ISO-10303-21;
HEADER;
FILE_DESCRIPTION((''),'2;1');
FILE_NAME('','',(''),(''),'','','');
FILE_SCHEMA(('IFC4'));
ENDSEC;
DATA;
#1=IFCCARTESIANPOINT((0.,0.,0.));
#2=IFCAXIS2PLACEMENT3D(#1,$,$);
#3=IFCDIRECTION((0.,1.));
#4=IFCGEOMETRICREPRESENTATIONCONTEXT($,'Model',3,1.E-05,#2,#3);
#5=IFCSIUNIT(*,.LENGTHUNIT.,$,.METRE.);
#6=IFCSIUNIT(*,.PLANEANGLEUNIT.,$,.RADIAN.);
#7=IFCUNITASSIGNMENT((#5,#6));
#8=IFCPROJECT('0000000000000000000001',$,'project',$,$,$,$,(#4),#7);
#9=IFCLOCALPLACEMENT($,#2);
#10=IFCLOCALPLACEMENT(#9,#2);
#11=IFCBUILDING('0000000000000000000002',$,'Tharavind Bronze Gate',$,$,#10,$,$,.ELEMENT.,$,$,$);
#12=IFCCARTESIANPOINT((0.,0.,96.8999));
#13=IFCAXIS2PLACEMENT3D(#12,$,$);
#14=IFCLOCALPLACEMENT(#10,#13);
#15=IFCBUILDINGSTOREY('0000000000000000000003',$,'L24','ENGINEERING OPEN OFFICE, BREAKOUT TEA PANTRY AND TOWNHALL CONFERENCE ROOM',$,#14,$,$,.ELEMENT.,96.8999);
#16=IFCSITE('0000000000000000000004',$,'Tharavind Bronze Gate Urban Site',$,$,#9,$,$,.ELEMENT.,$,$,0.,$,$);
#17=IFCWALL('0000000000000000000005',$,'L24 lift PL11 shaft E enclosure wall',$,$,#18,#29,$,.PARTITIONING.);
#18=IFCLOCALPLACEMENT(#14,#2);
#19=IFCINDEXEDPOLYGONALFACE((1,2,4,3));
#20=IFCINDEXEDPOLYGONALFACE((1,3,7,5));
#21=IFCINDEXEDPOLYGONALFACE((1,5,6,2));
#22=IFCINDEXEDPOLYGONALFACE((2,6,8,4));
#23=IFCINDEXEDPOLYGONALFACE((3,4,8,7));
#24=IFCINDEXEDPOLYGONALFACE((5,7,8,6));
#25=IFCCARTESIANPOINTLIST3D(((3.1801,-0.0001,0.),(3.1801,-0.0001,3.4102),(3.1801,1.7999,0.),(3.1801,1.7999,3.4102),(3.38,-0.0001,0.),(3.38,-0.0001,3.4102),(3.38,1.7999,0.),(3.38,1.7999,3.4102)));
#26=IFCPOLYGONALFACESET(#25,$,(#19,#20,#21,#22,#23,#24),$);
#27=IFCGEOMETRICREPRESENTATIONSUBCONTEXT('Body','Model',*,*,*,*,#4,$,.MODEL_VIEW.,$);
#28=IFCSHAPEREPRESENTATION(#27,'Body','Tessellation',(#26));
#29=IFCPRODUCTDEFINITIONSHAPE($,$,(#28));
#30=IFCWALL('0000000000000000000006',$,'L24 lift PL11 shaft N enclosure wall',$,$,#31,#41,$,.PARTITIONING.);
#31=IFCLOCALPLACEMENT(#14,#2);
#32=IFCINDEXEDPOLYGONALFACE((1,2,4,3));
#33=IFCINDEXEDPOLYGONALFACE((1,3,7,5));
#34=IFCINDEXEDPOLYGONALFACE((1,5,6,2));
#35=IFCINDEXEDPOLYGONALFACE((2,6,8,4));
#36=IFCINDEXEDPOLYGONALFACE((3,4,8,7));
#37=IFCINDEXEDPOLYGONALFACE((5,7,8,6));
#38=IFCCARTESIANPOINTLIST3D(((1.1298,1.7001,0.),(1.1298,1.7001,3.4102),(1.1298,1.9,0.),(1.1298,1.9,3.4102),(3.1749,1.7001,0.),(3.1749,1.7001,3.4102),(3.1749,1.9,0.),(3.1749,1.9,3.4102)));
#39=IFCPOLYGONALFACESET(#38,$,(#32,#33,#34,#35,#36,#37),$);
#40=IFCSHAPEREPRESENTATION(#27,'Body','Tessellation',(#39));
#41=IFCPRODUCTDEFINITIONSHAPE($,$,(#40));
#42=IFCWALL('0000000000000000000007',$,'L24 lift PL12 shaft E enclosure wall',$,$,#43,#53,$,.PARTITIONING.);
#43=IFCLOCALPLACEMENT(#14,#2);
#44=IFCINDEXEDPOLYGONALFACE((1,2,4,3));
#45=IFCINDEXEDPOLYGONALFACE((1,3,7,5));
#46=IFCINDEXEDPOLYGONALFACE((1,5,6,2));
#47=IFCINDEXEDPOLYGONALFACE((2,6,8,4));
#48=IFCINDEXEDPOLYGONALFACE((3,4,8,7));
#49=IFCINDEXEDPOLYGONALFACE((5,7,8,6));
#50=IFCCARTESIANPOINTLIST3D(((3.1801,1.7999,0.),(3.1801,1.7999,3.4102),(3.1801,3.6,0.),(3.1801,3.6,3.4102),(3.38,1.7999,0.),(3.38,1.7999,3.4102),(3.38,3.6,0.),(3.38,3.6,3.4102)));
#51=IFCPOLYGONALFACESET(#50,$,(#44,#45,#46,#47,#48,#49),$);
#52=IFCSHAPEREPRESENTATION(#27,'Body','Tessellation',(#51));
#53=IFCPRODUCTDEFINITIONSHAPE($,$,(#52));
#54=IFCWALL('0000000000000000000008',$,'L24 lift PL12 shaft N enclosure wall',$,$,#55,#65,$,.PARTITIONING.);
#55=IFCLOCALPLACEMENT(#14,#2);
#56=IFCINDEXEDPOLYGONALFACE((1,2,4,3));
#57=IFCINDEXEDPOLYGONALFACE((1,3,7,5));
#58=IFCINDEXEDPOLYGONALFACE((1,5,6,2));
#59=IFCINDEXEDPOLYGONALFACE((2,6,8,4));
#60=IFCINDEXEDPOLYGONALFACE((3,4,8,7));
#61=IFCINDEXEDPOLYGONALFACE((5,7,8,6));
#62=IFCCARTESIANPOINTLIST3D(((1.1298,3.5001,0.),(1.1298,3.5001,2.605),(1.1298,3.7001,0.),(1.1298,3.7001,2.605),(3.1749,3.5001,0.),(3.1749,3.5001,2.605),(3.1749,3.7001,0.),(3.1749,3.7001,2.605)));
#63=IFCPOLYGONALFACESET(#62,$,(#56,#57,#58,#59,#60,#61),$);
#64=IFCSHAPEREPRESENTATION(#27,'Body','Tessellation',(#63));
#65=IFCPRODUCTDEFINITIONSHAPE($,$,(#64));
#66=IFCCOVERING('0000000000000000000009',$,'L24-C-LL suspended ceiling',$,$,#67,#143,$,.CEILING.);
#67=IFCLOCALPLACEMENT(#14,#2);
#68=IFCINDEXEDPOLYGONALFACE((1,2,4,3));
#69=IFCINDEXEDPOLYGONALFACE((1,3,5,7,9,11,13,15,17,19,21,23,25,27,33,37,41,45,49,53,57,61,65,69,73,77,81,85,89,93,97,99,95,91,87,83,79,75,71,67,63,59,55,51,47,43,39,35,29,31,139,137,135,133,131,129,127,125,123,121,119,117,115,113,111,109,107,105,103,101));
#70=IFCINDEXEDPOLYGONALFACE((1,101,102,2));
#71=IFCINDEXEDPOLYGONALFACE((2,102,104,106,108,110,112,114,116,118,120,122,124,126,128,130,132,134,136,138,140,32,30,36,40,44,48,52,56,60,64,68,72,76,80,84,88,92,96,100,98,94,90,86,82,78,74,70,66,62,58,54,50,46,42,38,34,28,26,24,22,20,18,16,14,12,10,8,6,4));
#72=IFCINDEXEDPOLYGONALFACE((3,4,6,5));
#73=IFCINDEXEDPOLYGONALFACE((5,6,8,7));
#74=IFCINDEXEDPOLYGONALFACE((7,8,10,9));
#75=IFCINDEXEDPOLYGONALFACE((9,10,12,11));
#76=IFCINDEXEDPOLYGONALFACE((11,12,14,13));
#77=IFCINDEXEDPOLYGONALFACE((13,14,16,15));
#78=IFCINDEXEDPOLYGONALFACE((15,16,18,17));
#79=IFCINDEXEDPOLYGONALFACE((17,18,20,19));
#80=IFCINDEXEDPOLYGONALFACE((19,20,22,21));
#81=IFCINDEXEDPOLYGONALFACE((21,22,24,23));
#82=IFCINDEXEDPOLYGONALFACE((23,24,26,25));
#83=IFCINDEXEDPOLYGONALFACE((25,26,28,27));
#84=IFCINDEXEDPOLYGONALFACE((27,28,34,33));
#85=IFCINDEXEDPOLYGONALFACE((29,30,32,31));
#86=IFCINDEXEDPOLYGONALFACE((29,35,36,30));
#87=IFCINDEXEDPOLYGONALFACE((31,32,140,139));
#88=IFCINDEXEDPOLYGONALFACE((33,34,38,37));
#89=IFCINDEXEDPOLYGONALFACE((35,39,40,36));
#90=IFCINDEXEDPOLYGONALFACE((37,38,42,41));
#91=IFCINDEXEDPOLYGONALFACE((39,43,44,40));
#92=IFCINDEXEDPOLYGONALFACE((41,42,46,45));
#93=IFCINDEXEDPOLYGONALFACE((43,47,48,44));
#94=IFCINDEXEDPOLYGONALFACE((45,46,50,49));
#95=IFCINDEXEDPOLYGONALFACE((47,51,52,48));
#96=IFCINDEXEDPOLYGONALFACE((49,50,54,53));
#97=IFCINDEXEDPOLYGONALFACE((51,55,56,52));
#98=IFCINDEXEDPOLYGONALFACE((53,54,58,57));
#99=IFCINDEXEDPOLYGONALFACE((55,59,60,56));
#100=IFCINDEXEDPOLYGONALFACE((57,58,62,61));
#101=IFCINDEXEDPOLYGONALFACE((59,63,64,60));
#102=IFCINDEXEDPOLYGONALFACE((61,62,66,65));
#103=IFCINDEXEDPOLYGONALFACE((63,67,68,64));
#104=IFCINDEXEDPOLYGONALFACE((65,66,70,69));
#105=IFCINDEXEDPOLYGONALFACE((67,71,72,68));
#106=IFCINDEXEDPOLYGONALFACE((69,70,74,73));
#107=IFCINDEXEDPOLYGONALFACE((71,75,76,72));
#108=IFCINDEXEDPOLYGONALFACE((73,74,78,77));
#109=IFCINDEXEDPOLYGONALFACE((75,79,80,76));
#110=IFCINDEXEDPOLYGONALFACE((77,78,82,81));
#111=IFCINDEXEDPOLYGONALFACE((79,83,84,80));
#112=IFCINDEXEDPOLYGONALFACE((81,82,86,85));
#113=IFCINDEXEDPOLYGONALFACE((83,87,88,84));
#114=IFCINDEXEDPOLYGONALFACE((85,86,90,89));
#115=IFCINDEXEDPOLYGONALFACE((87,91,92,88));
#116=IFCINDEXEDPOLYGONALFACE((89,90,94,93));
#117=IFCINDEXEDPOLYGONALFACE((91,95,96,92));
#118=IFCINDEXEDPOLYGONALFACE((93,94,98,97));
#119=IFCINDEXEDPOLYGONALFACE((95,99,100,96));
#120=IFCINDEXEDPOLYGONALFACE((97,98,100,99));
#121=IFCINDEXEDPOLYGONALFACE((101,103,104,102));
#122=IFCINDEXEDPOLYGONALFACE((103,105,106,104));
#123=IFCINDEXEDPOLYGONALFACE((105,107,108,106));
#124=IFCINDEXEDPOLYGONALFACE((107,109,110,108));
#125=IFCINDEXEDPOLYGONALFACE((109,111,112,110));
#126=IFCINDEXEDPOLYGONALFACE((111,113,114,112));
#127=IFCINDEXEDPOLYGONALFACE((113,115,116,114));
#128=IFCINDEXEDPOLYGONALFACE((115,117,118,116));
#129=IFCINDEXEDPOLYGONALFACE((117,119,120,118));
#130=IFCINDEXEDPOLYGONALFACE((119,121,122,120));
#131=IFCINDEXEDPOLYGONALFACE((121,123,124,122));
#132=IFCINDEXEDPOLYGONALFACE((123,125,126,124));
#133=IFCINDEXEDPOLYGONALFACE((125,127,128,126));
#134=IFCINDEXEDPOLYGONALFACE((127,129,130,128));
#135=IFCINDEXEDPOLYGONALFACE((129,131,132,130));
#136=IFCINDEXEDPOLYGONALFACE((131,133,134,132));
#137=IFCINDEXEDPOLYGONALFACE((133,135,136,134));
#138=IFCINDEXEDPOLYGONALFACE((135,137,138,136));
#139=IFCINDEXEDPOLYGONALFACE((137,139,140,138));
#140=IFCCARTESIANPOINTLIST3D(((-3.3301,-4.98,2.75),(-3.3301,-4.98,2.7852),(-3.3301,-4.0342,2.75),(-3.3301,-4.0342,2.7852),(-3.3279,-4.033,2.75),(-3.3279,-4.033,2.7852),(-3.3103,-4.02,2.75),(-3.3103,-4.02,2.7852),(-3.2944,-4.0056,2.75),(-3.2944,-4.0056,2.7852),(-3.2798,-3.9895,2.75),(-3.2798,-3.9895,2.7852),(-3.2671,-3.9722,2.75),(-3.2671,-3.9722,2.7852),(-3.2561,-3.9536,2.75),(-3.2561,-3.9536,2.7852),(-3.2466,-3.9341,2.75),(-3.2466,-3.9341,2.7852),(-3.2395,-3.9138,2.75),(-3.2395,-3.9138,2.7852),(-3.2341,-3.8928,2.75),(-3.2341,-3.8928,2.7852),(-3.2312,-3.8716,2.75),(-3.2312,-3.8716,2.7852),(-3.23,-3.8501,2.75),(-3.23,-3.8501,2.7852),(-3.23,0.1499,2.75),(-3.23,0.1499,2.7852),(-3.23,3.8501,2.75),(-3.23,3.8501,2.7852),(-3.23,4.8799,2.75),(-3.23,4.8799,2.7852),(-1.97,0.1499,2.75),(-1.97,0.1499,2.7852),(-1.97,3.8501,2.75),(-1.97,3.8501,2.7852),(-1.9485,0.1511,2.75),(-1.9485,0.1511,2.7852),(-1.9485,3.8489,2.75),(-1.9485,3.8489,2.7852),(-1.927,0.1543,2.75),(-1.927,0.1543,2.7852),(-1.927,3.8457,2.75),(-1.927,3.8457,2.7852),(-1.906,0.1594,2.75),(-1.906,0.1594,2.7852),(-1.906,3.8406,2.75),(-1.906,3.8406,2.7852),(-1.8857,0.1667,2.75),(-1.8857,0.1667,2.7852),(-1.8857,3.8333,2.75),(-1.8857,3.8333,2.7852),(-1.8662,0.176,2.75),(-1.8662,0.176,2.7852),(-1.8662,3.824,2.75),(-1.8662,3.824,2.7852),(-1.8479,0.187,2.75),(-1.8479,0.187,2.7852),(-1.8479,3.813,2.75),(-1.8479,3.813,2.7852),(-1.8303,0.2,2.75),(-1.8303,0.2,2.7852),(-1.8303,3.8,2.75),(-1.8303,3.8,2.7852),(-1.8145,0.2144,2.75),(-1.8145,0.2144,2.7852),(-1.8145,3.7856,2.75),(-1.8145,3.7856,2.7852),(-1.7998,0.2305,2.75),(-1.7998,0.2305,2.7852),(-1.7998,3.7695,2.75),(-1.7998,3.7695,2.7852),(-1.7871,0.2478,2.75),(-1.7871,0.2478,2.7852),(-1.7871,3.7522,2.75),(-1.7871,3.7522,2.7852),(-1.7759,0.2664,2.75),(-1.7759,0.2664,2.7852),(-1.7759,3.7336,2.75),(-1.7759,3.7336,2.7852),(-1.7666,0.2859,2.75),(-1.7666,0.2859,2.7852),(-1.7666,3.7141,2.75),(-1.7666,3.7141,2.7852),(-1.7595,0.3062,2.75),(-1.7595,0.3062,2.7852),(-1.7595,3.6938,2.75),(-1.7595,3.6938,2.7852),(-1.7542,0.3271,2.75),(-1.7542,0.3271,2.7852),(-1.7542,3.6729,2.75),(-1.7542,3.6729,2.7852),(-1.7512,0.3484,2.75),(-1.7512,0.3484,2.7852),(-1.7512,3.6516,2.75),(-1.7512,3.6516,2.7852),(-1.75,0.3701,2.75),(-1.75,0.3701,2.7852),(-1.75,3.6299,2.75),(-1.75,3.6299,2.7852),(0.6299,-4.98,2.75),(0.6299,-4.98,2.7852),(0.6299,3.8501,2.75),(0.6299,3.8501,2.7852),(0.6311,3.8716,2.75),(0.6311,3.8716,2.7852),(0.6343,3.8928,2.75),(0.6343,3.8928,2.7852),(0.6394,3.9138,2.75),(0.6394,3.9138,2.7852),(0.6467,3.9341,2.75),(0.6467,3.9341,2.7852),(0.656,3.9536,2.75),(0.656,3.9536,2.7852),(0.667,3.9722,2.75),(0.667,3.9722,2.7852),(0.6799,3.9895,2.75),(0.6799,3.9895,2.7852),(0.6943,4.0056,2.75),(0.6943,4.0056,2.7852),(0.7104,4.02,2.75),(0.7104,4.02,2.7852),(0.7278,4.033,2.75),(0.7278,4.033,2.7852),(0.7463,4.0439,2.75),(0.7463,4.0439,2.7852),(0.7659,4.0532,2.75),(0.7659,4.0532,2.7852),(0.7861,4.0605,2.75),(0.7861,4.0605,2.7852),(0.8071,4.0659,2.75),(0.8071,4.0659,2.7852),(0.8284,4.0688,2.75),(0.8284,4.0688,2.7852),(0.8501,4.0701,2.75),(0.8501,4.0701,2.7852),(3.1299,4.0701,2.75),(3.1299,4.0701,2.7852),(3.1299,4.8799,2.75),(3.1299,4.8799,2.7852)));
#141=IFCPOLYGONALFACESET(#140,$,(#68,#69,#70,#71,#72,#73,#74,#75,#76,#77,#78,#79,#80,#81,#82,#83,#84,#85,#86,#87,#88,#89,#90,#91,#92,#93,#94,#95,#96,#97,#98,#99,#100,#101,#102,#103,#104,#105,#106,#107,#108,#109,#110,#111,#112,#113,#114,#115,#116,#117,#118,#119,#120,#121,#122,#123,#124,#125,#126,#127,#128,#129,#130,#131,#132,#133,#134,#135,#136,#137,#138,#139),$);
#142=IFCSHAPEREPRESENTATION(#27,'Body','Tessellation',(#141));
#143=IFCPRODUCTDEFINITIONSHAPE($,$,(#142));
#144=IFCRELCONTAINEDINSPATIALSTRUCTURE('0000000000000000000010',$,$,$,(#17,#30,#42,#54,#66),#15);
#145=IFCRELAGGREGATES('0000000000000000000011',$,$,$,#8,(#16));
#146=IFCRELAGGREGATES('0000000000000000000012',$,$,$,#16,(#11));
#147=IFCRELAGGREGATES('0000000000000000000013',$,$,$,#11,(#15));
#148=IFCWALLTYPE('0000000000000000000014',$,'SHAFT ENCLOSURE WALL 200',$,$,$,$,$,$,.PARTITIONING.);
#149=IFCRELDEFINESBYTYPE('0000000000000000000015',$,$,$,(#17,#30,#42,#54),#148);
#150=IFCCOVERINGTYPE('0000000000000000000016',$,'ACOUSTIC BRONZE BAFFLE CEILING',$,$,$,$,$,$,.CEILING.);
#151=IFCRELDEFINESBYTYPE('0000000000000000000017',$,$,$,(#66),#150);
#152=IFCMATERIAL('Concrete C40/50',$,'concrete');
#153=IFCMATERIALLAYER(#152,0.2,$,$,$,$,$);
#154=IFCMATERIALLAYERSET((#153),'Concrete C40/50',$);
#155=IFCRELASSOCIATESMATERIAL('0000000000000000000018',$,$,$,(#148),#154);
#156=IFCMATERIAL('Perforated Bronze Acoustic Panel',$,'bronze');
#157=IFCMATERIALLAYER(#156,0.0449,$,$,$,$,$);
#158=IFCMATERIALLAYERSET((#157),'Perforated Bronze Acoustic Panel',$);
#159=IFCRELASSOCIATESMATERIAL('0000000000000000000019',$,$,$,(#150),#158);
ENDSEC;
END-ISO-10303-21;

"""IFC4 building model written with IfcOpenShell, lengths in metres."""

from ifc_helpers import new_model, si_unit, direction, frame, frame_2d, origin, place, context, subcontext, project, spatial, polyline, rectangle, outline, extrude, material, layer, layer_set, type_object, element, save


model = new_model("IFC4")

# Units and contexts
model_context = context("Model", 3, precision=1e-05, world=origin(), true_north=direction((0.0, 1.0)))
body_context = subcontext(model_context, "Body", "Model", "MODEL_VIEW")
ifc_project = project(units=[si_unit("LENGTHUNIT", "METRE"), si_unit("PLANEANGLEUNIT", "RADIAN")], contexts=[model_context])

# Site, building, storey
site_placement = place(None, origin())
site = spatial("IfcSite", under=ifc_project, at=site_placement, Name="Tharavind Bronze Gate Urban Site", CompositionType="ELEMENT", RefElevation=0.0)
building_placement = place(site_placement, origin())
building = spatial("IfcBuilding", under=site, at=building_placement, Name="Tharavind Bronze Gate", CompositionType="ELEMENT")
storey_placement = place(building_placement, frame((0.0, 0.0, 96.8999)))
storey = spatial("IfcBuildingStorey", under=building, at=storey_placement, Name="L24", Description="ENGINEERING OPEN OFFICE, BREAKOUT TEA PANTRY AND TOWNHALL CONFERENCE ROOM", CompositionType="ELEMENT", Elevation=96.8999)

# Shared definitions
ifc_material_1 = material(Name="Concrete C40/50", Category="concrete")

# Walls
ifc_layer_1 = layer(ifc_material_1, 0.2)
ifc_layer_set_1 = layer_set([ifc_layer_1], Name="Concrete C40/50")
wall_type_1 = type_object("IfcWallType", Name="SHAFT ENCLOSURE WALL 200", PredefinedType="PARTITIONING", material=ifc_layer_set_1)
wall_1_placement = place(storey_placement, frame((3.28, 0.0, 0.0), z_axis=(0.0, 0.0, 1.0), x_axis=(0.0, 1.0, 0.0)))
element("IfcWall", 1, at=wall_1_placement, inside=storey, type_object=wall_type_1, Name="L24 lift PL11 shaft E enclosure wall", PredefinedType="PARTITIONING", context=body_context, shape_type="SweptSolid", body=[
    extrude(rectangle(XDim=1.8, YDim=0.2, at=frame_2d((0.8999, 0.0))), origin(), (0.0, 0.0, 1.0), 3.4102),
])
wall_2_placement = place(storey_placement, frame((1.1299, 1.8, 0.0), z_axis=(0.0, 0.0, 1.0), x_axis=(1.0, 0.0, 0.0)))
element("IfcWall", 2, at=wall_2_placement, inside=storey, type_object=wall_type_1, Name="L24 lift PL11 shaft N enclosure wall", PredefinedType="PARTITIONING", context=body_context, shape_type="SweptSolid", body=[
    extrude(rectangle(XDim=2.0452, YDim=0.2, at=frame_2d((1.0225, 0.0))), origin(), (0.0, 0.0, 1.0), 3.4102),
])
wall_3_placement = place(storey_placement, frame((3.28, 1.8, 0.0), z_axis=(0.0, 0.0, 1.0), x_axis=(0.0, 1.0, 0.0)))
element("IfcWall", 3, at=wall_3_placement, inside=storey, type_object=wall_type_1, Name="L24 lift PL12 shaft E enclosure wall", PredefinedType="PARTITIONING", context=body_context, shape_type="SweptSolid", body=[
    extrude(rectangle(XDim=1.8, YDim=0.2, at=frame_2d((0.8999, 0.0))), origin(), (0.0, 0.0, 1.0), 3.4102),
])
wall_4_placement = place(storey_placement, frame((1.1299, 3.6001, 0.0), z_axis=(0.0, 0.0, 1.0), x_axis=(1.0, 0.0, 0.0)))
element("IfcWall", 4, at=wall_4_placement, inside=storey, type_object=wall_type_1, Name="L24 lift PL12 shaft N enclosure wall", PredefinedType="PARTITIONING", context=body_context, shape_type="SweptSolid", body=[
    extrude(rectangle(XDim=2.0452, YDim=0.2, at=frame_2d((1.0225, 0.0))), origin(), (0.0, 0.0, 1.0), 2.605),
])

# Covering
ifc_material_2 = material(Name="Perforated Bronze Acoustic Panel", Category="bronze")
ifc_layer_2 = layer(ifc_material_2, 0.0449)
ifc_layer_set_2 = layer_set([ifc_layer_2], Name="Perforated Bronze Acoustic Panel")
covering_type_1 = type_object("IfcCoveringType", Name="ACOUSTIC BRONZE BAFFLE CEILING", PredefinedType="CEILING", material=ifc_layer_set_2)
covering_1_placement = place(storey_placement, frame((0.0, 0.0, 2.75)))
element("IfcCovering", 5, at=covering_1_placement, inside=storey, type_object=covering_type_1, Name="L24-C-LL suspended ceiling", PredefinedType="CEILING", context=body_context, shape_type="SweptSolid", body=[
    extrude(outline(polyline([(-3.3301, -4.98), (0.6299, -4.98), (0.6299, 3.8501), (0.6311, 3.8716), (0.6343, 3.8928), (0.6394, 3.9138), (0.6467, 3.9341), (0.656, 3.9536), (0.667, 3.9722), (0.6799, 3.9895), (0.6943, 4.0056), (0.7104, 4.02), (0.7278, 4.033), (0.7463, 4.0439), (0.7659, 4.0532), (0.7861, 4.0605), (0.8071, 4.0659), (0.8284, 4.0688), (0.8501, 4.0701), (3.1299, 4.0701), (3.1299, 4.8799), (-3.23, 4.8799), (-3.23, 3.8501), (-1.97, 3.8501), (-1.9485, 3.8489), (-1.927, 3.8457), (-1.906, 3.8406), (-1.8857, 3.8333), (-1.8662, 3.824), (-1.8479, 3.813), (-1.8303, 3.8), (-1.8145, 3.7856), (-1.7998, 3.7695), (-1.7871, 3.7522), (-1.7759, 3.7336), (-1.7666, 3.7141), (-1.7595, 3.6938), (-1.7542, 3.6729), (-1.7512, 3.6516), (-1.75, 3.6299), (-1.75, 0.3701), (-1.7512, 0.3484), (-1.7542, 0.3271), (-1.7595, 0.3062), (-1.7666, 0.2859), (-1.7759, 0.2664), (-1.7871, 0.2478), (-1.7998, 0.2305), (-1.8145, 0.2144), (-1.8303, 0.2), (-1.8479, 0.187), (-1.8662, 0.176), (-1.8857, 0.1667), (-1.906, 0.1594), (-1.927, 0.1543), (-1.9485, 0.1511), (-1.97, 0.1499), (-3.23, 0.1499), (-3.23, -3.8501), (-3.2312, -3.8716), (-3.2341, -3.8928), (-3.2395, -3.9138), (-3.2466, -3.9341), (-3.2561, -3.9536), (-3.2671, -3.9722), (-3.2798, -3.9895), (-3.2944, -4.0056), (-3.3103, -4.02), (-3.3279, -4.033), (-3.3301, -4.0342), (-3.3301, -4.98)])), origin(), (0.0, 0.0, 1.0), 0.0352),
])

save(model, "model.ifc")
